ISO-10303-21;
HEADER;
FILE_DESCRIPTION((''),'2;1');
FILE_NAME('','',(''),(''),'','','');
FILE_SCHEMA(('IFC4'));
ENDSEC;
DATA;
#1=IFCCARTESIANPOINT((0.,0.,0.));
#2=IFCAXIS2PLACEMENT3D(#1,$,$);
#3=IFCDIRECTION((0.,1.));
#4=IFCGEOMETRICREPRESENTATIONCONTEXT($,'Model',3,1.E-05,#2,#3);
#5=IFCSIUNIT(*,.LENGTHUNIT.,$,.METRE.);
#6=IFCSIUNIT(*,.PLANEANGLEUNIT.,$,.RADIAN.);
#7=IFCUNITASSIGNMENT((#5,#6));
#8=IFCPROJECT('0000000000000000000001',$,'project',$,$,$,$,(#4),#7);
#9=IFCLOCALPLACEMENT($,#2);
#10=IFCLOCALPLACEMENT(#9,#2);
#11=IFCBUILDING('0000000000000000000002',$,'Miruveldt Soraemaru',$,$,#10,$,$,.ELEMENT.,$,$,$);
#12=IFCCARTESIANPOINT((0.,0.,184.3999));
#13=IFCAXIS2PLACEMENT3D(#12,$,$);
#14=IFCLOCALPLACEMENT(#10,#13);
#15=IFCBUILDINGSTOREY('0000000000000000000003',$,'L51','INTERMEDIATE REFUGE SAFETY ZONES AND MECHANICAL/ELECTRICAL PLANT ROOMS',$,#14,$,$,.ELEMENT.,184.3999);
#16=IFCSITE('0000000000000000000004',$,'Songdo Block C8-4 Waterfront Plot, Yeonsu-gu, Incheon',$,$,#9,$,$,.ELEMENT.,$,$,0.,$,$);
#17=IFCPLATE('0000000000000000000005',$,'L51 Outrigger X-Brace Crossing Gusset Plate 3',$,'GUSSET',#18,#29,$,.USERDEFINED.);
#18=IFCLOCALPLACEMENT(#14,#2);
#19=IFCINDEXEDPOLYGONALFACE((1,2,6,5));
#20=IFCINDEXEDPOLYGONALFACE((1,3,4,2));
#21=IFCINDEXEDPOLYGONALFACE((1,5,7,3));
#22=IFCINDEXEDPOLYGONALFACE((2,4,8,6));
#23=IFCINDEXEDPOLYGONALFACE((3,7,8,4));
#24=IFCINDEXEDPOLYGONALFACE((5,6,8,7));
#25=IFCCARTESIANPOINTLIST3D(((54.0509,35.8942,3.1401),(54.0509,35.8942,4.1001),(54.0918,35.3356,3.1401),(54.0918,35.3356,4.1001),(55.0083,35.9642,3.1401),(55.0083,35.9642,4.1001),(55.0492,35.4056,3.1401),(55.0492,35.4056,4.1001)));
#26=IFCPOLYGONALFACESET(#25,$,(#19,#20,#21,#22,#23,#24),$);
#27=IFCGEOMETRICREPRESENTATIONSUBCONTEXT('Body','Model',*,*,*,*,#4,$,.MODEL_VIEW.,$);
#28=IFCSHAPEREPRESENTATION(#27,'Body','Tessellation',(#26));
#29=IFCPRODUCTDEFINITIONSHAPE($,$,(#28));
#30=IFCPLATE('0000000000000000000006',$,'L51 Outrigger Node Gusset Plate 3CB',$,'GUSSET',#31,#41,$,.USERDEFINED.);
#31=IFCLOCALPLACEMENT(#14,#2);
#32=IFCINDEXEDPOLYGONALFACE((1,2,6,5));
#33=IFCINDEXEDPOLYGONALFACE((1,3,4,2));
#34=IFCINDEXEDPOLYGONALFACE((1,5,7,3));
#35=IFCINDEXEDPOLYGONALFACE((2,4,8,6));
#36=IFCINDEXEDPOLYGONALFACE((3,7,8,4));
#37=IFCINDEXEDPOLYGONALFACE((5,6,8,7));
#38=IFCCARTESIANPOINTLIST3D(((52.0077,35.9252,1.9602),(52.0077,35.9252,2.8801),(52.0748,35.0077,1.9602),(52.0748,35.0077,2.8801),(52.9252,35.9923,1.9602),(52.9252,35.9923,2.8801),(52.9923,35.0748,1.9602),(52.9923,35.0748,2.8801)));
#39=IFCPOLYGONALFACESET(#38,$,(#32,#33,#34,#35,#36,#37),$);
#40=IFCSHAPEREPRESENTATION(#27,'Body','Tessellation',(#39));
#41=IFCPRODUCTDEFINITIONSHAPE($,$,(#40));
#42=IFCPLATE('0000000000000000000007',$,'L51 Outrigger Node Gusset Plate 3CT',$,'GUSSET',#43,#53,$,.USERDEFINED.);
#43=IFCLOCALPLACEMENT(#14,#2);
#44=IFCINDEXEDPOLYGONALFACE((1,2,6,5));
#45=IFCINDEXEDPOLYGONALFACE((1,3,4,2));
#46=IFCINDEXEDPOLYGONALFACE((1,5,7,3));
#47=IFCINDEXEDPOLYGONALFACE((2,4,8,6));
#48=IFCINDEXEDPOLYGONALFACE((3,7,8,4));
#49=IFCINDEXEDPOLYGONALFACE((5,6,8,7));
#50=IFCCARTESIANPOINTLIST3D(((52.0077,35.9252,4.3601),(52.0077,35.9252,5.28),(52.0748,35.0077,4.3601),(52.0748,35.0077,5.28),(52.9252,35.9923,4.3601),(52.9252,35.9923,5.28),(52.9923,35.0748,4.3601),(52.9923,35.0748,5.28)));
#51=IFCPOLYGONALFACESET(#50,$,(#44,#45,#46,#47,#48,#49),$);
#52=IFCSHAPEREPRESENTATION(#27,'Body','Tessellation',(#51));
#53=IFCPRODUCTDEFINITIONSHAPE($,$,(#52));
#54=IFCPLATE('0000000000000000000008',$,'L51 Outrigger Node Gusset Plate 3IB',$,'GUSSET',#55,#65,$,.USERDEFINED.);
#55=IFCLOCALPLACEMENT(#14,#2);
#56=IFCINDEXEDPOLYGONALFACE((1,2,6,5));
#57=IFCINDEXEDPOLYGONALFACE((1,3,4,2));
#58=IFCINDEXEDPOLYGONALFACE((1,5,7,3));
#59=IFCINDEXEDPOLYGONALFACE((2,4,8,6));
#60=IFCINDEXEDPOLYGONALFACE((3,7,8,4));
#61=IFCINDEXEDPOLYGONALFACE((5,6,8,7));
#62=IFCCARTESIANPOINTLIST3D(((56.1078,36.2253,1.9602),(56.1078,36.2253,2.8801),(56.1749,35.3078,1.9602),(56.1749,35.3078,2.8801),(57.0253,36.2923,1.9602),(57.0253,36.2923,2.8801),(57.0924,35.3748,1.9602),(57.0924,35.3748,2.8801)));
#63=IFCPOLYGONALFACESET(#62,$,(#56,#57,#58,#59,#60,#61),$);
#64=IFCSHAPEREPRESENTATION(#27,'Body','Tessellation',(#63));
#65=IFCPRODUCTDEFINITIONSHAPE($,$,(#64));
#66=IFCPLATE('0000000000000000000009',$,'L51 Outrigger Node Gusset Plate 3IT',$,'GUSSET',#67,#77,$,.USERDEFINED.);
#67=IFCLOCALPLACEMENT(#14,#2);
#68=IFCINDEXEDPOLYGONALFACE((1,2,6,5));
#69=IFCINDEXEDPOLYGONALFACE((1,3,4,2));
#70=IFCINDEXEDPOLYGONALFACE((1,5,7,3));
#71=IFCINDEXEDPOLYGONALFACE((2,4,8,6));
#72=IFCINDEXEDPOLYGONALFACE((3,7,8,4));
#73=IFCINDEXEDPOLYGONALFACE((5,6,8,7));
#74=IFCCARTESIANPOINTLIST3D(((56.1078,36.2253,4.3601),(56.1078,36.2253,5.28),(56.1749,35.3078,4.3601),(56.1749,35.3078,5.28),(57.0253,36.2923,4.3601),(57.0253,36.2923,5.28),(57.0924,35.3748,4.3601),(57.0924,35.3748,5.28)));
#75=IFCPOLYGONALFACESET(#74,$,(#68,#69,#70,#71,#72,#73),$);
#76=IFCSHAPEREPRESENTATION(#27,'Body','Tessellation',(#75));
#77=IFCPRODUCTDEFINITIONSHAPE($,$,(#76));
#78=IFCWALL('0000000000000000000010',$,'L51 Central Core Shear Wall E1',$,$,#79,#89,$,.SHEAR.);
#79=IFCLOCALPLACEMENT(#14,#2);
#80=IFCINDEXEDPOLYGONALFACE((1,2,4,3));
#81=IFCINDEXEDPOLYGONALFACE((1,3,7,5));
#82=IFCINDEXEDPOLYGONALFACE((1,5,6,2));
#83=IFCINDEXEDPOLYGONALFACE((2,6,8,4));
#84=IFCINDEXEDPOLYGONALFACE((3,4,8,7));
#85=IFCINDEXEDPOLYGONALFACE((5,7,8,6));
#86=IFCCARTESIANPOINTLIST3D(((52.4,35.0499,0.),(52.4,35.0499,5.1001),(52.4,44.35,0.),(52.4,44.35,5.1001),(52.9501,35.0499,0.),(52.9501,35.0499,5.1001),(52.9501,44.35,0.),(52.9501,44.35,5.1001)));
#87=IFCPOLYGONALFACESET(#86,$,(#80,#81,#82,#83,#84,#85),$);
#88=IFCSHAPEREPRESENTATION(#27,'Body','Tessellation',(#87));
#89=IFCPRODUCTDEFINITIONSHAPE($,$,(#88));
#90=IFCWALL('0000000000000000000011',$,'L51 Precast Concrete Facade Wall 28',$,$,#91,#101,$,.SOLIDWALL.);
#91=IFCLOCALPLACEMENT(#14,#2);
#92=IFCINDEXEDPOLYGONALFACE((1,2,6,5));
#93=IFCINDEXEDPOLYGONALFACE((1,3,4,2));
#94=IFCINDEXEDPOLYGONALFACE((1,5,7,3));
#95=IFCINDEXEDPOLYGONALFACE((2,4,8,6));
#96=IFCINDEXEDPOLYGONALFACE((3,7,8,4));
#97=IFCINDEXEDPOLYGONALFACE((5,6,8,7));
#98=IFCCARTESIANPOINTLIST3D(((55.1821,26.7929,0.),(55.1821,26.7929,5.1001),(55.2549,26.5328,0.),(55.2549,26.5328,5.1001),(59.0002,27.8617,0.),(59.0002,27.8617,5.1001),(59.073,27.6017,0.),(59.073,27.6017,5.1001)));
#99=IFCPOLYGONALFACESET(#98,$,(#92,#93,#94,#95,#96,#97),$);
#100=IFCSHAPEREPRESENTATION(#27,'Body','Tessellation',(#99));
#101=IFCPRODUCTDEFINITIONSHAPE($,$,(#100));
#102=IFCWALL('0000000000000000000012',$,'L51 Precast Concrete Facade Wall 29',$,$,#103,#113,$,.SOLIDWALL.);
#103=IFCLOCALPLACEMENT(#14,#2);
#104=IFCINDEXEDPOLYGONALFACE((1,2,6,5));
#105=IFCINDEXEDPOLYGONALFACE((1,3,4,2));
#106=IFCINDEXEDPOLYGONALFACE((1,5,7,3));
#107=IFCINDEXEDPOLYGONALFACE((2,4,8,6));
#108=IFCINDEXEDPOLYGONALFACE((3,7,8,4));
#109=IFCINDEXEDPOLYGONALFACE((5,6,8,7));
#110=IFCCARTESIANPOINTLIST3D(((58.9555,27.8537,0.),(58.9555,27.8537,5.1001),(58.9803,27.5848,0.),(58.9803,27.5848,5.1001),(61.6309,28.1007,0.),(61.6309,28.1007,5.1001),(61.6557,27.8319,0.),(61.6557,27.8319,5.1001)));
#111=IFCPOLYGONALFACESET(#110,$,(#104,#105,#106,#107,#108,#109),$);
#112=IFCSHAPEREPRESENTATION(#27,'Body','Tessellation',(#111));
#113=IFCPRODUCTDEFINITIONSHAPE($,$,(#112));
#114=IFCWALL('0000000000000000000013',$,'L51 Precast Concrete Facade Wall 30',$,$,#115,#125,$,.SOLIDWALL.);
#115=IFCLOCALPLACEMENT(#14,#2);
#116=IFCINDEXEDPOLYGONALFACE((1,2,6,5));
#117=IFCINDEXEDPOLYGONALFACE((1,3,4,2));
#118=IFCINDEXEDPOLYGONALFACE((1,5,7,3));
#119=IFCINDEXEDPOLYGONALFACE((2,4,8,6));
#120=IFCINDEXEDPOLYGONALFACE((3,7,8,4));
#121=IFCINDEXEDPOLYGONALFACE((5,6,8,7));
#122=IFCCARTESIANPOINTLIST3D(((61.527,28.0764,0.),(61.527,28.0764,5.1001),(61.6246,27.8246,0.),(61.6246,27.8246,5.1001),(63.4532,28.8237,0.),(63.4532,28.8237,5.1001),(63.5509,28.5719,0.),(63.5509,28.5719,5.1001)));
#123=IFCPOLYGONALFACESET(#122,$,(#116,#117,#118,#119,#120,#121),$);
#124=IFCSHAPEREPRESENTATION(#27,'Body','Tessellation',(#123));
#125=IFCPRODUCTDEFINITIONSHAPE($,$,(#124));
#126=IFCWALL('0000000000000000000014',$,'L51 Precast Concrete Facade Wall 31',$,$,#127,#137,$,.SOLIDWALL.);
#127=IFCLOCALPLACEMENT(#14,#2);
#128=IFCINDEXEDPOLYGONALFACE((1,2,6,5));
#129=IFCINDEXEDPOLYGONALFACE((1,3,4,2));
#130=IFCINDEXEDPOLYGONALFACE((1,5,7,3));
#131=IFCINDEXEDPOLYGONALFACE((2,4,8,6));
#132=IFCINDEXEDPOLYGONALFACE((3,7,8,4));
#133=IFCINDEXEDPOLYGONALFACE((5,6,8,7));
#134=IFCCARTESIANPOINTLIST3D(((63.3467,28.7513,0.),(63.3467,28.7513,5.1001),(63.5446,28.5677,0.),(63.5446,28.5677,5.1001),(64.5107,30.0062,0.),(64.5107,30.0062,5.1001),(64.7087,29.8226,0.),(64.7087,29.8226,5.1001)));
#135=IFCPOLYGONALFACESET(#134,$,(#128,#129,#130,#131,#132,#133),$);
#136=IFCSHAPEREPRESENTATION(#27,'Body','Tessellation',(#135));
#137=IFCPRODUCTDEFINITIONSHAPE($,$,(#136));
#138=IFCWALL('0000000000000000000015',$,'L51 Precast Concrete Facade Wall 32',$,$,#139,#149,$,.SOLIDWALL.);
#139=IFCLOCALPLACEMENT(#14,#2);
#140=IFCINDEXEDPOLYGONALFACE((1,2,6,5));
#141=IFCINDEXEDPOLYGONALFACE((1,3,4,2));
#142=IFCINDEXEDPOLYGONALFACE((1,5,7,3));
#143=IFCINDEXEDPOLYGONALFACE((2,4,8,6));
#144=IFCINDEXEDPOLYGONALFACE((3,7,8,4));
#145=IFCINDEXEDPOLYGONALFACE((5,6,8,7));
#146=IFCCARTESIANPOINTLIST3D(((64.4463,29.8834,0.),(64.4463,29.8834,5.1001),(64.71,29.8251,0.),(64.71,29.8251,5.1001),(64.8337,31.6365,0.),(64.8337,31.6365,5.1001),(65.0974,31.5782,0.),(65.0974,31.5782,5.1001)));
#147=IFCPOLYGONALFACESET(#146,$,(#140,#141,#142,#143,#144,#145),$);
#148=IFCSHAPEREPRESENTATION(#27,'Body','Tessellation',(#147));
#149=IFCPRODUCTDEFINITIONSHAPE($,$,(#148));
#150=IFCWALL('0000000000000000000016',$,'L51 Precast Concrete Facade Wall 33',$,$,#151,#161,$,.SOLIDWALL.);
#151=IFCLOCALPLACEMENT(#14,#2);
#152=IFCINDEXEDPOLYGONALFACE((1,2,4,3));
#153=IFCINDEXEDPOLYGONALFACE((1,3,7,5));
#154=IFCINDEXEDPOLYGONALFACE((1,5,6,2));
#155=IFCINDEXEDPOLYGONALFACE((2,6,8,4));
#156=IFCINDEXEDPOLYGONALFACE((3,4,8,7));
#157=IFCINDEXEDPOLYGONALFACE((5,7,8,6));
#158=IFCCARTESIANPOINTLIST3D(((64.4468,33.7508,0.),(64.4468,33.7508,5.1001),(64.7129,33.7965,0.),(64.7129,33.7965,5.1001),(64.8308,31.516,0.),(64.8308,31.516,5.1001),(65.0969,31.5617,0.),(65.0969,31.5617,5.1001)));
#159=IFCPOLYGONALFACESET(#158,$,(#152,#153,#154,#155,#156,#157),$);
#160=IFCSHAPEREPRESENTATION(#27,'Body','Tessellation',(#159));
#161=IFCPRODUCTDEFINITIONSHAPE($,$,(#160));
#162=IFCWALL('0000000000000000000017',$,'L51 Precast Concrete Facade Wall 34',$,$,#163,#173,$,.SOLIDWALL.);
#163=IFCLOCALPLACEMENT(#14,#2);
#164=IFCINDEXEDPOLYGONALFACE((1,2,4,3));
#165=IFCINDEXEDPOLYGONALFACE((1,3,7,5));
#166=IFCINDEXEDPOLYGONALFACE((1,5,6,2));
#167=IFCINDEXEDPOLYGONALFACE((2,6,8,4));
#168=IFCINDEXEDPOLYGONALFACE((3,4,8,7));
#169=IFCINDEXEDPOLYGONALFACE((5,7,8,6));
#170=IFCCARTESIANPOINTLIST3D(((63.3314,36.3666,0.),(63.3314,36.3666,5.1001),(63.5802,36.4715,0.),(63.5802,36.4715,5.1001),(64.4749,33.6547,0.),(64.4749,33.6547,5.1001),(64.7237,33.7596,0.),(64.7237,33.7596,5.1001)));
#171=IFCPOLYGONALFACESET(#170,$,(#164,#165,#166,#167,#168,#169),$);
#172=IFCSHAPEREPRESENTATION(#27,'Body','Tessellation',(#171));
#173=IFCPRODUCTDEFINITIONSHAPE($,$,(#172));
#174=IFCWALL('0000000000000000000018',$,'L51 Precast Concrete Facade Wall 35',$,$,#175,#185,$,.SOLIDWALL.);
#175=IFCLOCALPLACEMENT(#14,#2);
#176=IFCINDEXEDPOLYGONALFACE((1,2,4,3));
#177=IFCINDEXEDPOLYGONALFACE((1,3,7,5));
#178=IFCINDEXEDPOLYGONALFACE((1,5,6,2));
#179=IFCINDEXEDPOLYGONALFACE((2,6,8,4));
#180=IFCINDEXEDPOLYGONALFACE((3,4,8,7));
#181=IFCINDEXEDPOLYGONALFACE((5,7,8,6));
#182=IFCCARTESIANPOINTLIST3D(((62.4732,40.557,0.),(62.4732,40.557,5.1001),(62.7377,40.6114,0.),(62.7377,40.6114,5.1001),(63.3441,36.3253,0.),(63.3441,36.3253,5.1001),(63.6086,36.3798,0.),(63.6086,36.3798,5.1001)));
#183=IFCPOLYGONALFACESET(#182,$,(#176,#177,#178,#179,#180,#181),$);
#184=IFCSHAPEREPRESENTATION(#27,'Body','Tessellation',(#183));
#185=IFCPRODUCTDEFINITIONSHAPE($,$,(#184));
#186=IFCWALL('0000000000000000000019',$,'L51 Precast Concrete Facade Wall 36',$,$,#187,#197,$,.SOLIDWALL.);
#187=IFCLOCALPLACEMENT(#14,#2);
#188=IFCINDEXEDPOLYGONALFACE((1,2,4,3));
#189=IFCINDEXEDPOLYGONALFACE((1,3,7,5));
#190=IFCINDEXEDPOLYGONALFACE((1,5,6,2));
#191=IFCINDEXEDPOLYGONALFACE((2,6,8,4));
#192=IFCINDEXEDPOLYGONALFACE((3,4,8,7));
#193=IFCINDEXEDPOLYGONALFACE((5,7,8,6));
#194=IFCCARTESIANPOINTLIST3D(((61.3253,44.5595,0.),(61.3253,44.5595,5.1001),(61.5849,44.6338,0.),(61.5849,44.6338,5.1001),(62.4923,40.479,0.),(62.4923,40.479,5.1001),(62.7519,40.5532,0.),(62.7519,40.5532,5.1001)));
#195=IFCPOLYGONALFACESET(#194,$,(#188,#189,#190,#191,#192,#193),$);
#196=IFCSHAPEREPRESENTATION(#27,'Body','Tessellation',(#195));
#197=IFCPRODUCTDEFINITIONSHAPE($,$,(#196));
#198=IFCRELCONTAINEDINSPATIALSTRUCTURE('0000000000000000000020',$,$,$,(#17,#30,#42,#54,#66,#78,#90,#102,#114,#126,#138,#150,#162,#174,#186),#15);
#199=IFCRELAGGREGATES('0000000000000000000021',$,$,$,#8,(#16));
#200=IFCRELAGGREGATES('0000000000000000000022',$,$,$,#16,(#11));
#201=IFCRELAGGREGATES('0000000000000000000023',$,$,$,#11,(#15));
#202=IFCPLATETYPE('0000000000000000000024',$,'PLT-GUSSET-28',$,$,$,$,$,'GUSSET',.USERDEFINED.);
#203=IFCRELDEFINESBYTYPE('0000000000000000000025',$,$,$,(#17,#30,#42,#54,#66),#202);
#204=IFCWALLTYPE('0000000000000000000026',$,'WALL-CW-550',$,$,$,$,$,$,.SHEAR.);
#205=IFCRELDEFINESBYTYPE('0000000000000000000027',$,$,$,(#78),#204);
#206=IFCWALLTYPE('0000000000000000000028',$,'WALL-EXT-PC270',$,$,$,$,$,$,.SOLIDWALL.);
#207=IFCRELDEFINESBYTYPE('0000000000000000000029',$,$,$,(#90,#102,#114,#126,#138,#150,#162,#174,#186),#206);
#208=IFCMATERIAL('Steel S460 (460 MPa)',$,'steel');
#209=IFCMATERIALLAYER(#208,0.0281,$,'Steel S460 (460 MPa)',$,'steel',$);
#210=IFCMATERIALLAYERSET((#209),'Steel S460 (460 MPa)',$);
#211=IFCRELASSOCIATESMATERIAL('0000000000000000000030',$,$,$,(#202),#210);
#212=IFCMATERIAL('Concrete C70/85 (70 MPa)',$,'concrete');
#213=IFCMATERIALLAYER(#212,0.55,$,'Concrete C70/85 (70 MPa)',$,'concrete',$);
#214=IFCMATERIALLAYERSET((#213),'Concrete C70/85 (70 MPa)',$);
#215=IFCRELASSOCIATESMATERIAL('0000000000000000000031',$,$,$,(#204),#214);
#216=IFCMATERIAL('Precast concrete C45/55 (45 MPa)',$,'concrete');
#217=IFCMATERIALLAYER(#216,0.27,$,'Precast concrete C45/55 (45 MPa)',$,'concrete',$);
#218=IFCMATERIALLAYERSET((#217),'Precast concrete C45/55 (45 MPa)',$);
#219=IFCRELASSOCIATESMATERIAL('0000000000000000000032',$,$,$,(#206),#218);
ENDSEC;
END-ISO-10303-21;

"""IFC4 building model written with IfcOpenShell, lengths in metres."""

from ifc_helpers import new_model, si_unit, direction, frame, frame_2d, origin, origin_2d, place, context, subcontext, project, spatial, rectangle, extrude, material, layer, layer_set, type_object, element, save


model = new_model("IFC4")

# Units and contexts
model_context = context("Model", 3, precision=1e-05, world=origin(), true_north=direction((0.0, 1.0)))
body_context = subcontext(model_context, "Body", "Model", "MODEL_VIEW")
ifc_project = project(units=[si_unit("LENGTHUNIT", "METRE"), si_unit("PLANEANGLEUNIT", "RADIAN")], contexts=[model_context])

# Site, building, storey
site_placement = place(None, origin())
site = spatial("IfcSite", under=ifc_project, at=site_placement, Name="Songdo Block C8-4 Waterfront Plot, Yeonsu-gu, Incheon", CompositionType="ELEMENT", RefElevation=0.0)
building_placement = place(site_placement, origin())
building = spatial("IfcBuilding", under=site, at=building_placement, Name="Miruveldt Soraemaru", CompositionType="ELEMENT")
storey_placement = place(building_placement, frame((0.0, 0.0, 184.3999)))
storey = spatial("IfcBuildingStorey", under=building, at=storey_placement, Name="L51", Description="INTERMEDIATE REFUGE SAFETY ZONES AND MECHANICAL/ELECTRICAL PLANT ROOMS", CompositionType="ELEMENT", Elevation=184.3999)

# Shared definitions
ifc_material_1 = material(Name="Concrete C70/85 (70 MPa)", Category="concrete")

# Shared definitions
ifc_material_2 = material(Name="Steel S460 (460 MPa)", Category="steel")

# Plates
ifc_layer_1 = layer(ifc_material_2, 0.0281, Name="Steel S460 (460 MPa)", Category="steel")
ifc_layer_set_1 = layer_set([ifc_layer_1], Name="Steel S460 (460 MPa)")
plate_type = type_object("IfcPlateType", Name="PLT-GUSSET-28", ElementType="GUSSET", PredefinedType="USERDEFINED", material=ifc_layer_set_1)
plate_placement = place(storey_placement, frame((54.55, 35.6499, 3.1401), z_axis=(0.0, 0.0, 1.0), x_axis=(0.99734, 0.07289, 0.0)))
element("IfcPlate", 1, at=plate_placement, inside=storey, type_object=plate_type, Name="L51 Outrigger X-Brace Crossing Gusset Plate 3", ObjectType="GUSSET", PredefinedType="USERDEFINED", context=body_context, shape_type="SweptSolid", body=[
    extrude(rectangle(XDim=0.96, YDim=0.5601, at=origin_2d()), origin(), (0.0, 0.0, 1.0), 0.96),
])
for number, where, z_axis, x_axis, name in (
    (2, (52.5, 35.5, 1.9602), (0.0, 0.0, 1.0), (0.99734, 0.07289, 0.0), "L51 Outrigger Node Gusset Plate 3CB"),
    (3, (52.5, 35.5, 4.3601), (0.0, 0.0, 1.0), (0.99734, 0.07289, 0.0), "L51 Outrigger Node Gusset Plate 3CT"),
    (4, (56.6001, 35.8, 1.9602), (0.0, 0.0, 1.0), (0.99734, 0.07289, 0.0), "L51 Outrigger Node Gusset Plate 3IB"),
    (5, (56.6001, 35.8, 4.3601), (0.0, 0.0, 1.0), (0.99734, 0.07289, 0.0), "L51 Outrigger Node Gusset Plate 3IT"),
):
    element("IfcPlate", number, at=place(storey_placement, frame(where, z_axis=z_axis, x_axis=x_axis)), inside=storey, type_object=plate_type, Name=name, ObjectType="GUSSET", PredefinedType="USERDEFINED", context=body_context, shape_type="SweptSolid", body=[
        extrude(rectangle(XDim=0.9199, YDim=0.9199, at=origin_2d()), origin(), (0.0, 0.0, 1.0), 0.9199),
    ])

# Walls
ifc_layer_2 = layer(ifc_material_1, 0.55, Name="Concrete C70/85 (70 MPa)", Category="concrete")
ifc_layer_set_2 = layer_set([ifc_layer_2], Name="Concrete C70/85 (70 MPa)")
wall_type_1 = type_object("IfcWallType", Name="WALL-CW-550", PredefinedType="SHEAR", material=ifc_layer_set_2)
wall_1_placement = place(storey_placement, frame((52.675, 35.05, 0.0), z_axis=(0.0, 0.0, 1.0), x_axis=(0.0, 1.0, 0.0)))
element("IfcWall", 6, at=wall_1_placement, inside=storey, type_object=wall_type_1, Name="L51 Central Core Shear Wall E1", PredefinedType="SHEAR", context=body_context, shape_type="SweptSolid", body=[
    extrude(rectangle(XDim=9.3, YDim=0.55, at=frame_2d((4.6499, 0.0))), origin(), (0.0, 0.0, 1.0), 5.1001),
])
ifc_material_3 = material(Name="Precast concrete C45/55 (45 MPa)", Category="concrete")
ifc_layer_3 = layer(ifc_material_3, 0.27, Name="Precast concrete C45/55 (45 MPa)", Category="concrete")
ifc_layer_set_3 = layer_set([ifc_layer_3], Name="Precast concrete C45/55 (45 MPa)")
wall_type_2 = type_object("IfcWallType", Name="WALL-EXT-PC270", PredefinedType="SOLIDWALL", material=ifc_layer_set_3)
wall_2_placement = place(storey_placement, frame((55.2185, 26.6628, 0.0), z_axis=(0.0, 0.0, 1.0), x_axis=(0.962979, 0.269577, 0.0)))
element("IfcWall", 7, at=wall_2_placement, inside=storey, type_object=wall_type_2, Name="L51 Precast Concrete Facade Wall 28", PredefinedType="SOLIDWALL", context=body_context, shape_type="SweptSolid", body=[
    extrude(rectangle(XDim=3.9648, YDim=0.27, at=frame_2d((1.9824, 0.0))), origin(), (0.0, 0.0, 1.0), 5.1001),
])
wall_3_placement = place(storey_placement, frame((58.968, 27.7192, 0.0), z_axis=(0.0, 0.0, 1.0), x_axis=(0.995763, 0.091961, 0.0)))
element("IfcWall", 8, at=wall_3_placement, inside=storey, type_object=wall_type_2, Name="L51 Precast Concrete Facade Wall 29", PredefinedType="SOLIDWALL", context=body_context, shape_type="SweptSolid", body=[
    extrude(rectangle(XDim=2.6868, YDim=0.27, at=frame_2d((1.3433, 0.0))), origin(), (0.0, 0.0, 1.0), 5.1001),
])
wall_4_placement = place(storey_placement, frame((61.5757, 27.9504, 0.0), z_axis=(0.0, 0.0, 1.0), x_axis=(0.932297, 0.361693, 0.0)))
element("IfcWall", 9, at=wall_4_placement, inside=storey, type_object=wall_type_2, Name="L51 Precast Concrete Facade Wall 30", PredefinedType="SOLIDWALL", context=body_context, shape_type="SweptSolid", body=[
    extrude(rectangle(XDim=2.0662, YDim=0.27, at=frame_2d((1.0332, 0.0))), origin(), (0.0, 0.0, 1.0), 5.1001),
])
wall_5_placement = place(storey_placement, frame((63.4456, 28.6594, 0.0), z_axis=(0.0, 0.0, 1.0), x_axis=(0.680079, 0.733139, 0.0)))
element("IfcWall", 10, at=wall_5_placement, inside=storey, type_object=wall_type_2, Name="L51 Precast Concrete Facade Wall 31", PredefinedType="SOLIDWALL", context=body_context, shape_type="SweptSolid", body=[
    extrude(rectangle(XDim=1.7117, YDim=0.27, at=frame_2d((0.856, 0.0))), origin(), (0.0, 0.0, 1.0), 5.1001),
])
wall_6_placement = place(storey_placement, frame((64.5781, 29.8542, 0.0), z_axis=(0.0, 0.0, 1.0), x_axis=(0.215793, 0.976439, 0.0)))
element("IfcWall", 11, at=wall_6_placement, inside=storey, type_object=wall_type_2, Name="L51 Precast Concrete Facade Wall 32", PredefinedType="SOLIDWALL", context=body_context, shape_type="SweptSolid", body=[
    extrude(rectangle(XDim=1.7954, YDim=0.27, at=frame_2d((0.8977, 0.0))), origin(), (0.0, 0.0, 1.0), 5.1001),
])
wall_7_placement = place(storey_placement, frame((64.9639, 31.5388, 0.0), z_axis=(0.0, 0.0, 1.0), x_axis=(-0.169355, 0.985555, 0.0)))
element("IfcWall", 12, at=wall_7_placement, inside=storey, type_object=wall_type_2, Name="L51 Precast Concrete Facade Wall 33", PredefinedType="SOLIDWALL", context=body_context, shape_type="SweptSolid", body=[
    extrude(rectangle(XDim=2.2676, YDim=0.27, at=frame_2d((1.1338, 0.0))), origin(), (0.0, 0.0, 1.0), 5.1001),
])
wall_8_placement = place(storey_placement, frame((64.5994, 33.707, 0.0), z_axis=(0.0, 0.0, 1.0), x_axis=(-0.388546, 0.921429, 0.0)))
element("IfcWall", 13, at=wall_8_placement, inside=storey, type_object=wall_type_2, Name="L51 Precast Concrete Facade Wall 34", PredefinedType="SOLIDWALL", context=body_context, shape_type="SweptSolid", body=[
    extrude(rectangle(XDim=2.9431, YDim=0.27, at=frame_2d((1.4717, 0.0))), origin(), (0.0, 0.0, 1.0), 5.1001),
])
wall_9_placement = place(storey_placement, frame((63.4763, 36.3525, 0.0), z_axis=(0.0, 0.0, 1.0), x_axis=(-0.201568, 0.979474, 0.0)))
element("IfcWall", 14, at=wall_9_placement, inside=storey, type_object=wall_type_2, Name="L51 Precast Concrete Facade Wall 35", PredefinedType="SOLIDWALL", context=body_context, shape_type="SweptSolid", body=[
    extrude(rectangle(XDim=4.3203, YDim=0.27, at=frame_2d((2.1602, 0.0))), origin(), (0.0, 0.0, 1.0), 5.1001),
])
wall_10_placement = place(storey_placement, frame((62.6221, 40.5161, 0.0), z_axis=(0.0, 0.0, 1.0), x_axis=(-0.274964, 0.961454, 0.0)))
element("IfcWall", 15, at=wall_10_placement, inside=storey, type_object=wall_type_2, Name="L51 Precast Concrete Facade Wall 36", PredefinedType="SOLIDWALL", context=body_context, shape_type="SweptSolid", body=[
    extrude(rectangle(XDim=4.2441, YDim=0.27, at=frame_2d((2.1221, 0.0))), origin(), (0.0, 0.0, 1.0), 5.1001),
])

save(model, "model.ifc")
